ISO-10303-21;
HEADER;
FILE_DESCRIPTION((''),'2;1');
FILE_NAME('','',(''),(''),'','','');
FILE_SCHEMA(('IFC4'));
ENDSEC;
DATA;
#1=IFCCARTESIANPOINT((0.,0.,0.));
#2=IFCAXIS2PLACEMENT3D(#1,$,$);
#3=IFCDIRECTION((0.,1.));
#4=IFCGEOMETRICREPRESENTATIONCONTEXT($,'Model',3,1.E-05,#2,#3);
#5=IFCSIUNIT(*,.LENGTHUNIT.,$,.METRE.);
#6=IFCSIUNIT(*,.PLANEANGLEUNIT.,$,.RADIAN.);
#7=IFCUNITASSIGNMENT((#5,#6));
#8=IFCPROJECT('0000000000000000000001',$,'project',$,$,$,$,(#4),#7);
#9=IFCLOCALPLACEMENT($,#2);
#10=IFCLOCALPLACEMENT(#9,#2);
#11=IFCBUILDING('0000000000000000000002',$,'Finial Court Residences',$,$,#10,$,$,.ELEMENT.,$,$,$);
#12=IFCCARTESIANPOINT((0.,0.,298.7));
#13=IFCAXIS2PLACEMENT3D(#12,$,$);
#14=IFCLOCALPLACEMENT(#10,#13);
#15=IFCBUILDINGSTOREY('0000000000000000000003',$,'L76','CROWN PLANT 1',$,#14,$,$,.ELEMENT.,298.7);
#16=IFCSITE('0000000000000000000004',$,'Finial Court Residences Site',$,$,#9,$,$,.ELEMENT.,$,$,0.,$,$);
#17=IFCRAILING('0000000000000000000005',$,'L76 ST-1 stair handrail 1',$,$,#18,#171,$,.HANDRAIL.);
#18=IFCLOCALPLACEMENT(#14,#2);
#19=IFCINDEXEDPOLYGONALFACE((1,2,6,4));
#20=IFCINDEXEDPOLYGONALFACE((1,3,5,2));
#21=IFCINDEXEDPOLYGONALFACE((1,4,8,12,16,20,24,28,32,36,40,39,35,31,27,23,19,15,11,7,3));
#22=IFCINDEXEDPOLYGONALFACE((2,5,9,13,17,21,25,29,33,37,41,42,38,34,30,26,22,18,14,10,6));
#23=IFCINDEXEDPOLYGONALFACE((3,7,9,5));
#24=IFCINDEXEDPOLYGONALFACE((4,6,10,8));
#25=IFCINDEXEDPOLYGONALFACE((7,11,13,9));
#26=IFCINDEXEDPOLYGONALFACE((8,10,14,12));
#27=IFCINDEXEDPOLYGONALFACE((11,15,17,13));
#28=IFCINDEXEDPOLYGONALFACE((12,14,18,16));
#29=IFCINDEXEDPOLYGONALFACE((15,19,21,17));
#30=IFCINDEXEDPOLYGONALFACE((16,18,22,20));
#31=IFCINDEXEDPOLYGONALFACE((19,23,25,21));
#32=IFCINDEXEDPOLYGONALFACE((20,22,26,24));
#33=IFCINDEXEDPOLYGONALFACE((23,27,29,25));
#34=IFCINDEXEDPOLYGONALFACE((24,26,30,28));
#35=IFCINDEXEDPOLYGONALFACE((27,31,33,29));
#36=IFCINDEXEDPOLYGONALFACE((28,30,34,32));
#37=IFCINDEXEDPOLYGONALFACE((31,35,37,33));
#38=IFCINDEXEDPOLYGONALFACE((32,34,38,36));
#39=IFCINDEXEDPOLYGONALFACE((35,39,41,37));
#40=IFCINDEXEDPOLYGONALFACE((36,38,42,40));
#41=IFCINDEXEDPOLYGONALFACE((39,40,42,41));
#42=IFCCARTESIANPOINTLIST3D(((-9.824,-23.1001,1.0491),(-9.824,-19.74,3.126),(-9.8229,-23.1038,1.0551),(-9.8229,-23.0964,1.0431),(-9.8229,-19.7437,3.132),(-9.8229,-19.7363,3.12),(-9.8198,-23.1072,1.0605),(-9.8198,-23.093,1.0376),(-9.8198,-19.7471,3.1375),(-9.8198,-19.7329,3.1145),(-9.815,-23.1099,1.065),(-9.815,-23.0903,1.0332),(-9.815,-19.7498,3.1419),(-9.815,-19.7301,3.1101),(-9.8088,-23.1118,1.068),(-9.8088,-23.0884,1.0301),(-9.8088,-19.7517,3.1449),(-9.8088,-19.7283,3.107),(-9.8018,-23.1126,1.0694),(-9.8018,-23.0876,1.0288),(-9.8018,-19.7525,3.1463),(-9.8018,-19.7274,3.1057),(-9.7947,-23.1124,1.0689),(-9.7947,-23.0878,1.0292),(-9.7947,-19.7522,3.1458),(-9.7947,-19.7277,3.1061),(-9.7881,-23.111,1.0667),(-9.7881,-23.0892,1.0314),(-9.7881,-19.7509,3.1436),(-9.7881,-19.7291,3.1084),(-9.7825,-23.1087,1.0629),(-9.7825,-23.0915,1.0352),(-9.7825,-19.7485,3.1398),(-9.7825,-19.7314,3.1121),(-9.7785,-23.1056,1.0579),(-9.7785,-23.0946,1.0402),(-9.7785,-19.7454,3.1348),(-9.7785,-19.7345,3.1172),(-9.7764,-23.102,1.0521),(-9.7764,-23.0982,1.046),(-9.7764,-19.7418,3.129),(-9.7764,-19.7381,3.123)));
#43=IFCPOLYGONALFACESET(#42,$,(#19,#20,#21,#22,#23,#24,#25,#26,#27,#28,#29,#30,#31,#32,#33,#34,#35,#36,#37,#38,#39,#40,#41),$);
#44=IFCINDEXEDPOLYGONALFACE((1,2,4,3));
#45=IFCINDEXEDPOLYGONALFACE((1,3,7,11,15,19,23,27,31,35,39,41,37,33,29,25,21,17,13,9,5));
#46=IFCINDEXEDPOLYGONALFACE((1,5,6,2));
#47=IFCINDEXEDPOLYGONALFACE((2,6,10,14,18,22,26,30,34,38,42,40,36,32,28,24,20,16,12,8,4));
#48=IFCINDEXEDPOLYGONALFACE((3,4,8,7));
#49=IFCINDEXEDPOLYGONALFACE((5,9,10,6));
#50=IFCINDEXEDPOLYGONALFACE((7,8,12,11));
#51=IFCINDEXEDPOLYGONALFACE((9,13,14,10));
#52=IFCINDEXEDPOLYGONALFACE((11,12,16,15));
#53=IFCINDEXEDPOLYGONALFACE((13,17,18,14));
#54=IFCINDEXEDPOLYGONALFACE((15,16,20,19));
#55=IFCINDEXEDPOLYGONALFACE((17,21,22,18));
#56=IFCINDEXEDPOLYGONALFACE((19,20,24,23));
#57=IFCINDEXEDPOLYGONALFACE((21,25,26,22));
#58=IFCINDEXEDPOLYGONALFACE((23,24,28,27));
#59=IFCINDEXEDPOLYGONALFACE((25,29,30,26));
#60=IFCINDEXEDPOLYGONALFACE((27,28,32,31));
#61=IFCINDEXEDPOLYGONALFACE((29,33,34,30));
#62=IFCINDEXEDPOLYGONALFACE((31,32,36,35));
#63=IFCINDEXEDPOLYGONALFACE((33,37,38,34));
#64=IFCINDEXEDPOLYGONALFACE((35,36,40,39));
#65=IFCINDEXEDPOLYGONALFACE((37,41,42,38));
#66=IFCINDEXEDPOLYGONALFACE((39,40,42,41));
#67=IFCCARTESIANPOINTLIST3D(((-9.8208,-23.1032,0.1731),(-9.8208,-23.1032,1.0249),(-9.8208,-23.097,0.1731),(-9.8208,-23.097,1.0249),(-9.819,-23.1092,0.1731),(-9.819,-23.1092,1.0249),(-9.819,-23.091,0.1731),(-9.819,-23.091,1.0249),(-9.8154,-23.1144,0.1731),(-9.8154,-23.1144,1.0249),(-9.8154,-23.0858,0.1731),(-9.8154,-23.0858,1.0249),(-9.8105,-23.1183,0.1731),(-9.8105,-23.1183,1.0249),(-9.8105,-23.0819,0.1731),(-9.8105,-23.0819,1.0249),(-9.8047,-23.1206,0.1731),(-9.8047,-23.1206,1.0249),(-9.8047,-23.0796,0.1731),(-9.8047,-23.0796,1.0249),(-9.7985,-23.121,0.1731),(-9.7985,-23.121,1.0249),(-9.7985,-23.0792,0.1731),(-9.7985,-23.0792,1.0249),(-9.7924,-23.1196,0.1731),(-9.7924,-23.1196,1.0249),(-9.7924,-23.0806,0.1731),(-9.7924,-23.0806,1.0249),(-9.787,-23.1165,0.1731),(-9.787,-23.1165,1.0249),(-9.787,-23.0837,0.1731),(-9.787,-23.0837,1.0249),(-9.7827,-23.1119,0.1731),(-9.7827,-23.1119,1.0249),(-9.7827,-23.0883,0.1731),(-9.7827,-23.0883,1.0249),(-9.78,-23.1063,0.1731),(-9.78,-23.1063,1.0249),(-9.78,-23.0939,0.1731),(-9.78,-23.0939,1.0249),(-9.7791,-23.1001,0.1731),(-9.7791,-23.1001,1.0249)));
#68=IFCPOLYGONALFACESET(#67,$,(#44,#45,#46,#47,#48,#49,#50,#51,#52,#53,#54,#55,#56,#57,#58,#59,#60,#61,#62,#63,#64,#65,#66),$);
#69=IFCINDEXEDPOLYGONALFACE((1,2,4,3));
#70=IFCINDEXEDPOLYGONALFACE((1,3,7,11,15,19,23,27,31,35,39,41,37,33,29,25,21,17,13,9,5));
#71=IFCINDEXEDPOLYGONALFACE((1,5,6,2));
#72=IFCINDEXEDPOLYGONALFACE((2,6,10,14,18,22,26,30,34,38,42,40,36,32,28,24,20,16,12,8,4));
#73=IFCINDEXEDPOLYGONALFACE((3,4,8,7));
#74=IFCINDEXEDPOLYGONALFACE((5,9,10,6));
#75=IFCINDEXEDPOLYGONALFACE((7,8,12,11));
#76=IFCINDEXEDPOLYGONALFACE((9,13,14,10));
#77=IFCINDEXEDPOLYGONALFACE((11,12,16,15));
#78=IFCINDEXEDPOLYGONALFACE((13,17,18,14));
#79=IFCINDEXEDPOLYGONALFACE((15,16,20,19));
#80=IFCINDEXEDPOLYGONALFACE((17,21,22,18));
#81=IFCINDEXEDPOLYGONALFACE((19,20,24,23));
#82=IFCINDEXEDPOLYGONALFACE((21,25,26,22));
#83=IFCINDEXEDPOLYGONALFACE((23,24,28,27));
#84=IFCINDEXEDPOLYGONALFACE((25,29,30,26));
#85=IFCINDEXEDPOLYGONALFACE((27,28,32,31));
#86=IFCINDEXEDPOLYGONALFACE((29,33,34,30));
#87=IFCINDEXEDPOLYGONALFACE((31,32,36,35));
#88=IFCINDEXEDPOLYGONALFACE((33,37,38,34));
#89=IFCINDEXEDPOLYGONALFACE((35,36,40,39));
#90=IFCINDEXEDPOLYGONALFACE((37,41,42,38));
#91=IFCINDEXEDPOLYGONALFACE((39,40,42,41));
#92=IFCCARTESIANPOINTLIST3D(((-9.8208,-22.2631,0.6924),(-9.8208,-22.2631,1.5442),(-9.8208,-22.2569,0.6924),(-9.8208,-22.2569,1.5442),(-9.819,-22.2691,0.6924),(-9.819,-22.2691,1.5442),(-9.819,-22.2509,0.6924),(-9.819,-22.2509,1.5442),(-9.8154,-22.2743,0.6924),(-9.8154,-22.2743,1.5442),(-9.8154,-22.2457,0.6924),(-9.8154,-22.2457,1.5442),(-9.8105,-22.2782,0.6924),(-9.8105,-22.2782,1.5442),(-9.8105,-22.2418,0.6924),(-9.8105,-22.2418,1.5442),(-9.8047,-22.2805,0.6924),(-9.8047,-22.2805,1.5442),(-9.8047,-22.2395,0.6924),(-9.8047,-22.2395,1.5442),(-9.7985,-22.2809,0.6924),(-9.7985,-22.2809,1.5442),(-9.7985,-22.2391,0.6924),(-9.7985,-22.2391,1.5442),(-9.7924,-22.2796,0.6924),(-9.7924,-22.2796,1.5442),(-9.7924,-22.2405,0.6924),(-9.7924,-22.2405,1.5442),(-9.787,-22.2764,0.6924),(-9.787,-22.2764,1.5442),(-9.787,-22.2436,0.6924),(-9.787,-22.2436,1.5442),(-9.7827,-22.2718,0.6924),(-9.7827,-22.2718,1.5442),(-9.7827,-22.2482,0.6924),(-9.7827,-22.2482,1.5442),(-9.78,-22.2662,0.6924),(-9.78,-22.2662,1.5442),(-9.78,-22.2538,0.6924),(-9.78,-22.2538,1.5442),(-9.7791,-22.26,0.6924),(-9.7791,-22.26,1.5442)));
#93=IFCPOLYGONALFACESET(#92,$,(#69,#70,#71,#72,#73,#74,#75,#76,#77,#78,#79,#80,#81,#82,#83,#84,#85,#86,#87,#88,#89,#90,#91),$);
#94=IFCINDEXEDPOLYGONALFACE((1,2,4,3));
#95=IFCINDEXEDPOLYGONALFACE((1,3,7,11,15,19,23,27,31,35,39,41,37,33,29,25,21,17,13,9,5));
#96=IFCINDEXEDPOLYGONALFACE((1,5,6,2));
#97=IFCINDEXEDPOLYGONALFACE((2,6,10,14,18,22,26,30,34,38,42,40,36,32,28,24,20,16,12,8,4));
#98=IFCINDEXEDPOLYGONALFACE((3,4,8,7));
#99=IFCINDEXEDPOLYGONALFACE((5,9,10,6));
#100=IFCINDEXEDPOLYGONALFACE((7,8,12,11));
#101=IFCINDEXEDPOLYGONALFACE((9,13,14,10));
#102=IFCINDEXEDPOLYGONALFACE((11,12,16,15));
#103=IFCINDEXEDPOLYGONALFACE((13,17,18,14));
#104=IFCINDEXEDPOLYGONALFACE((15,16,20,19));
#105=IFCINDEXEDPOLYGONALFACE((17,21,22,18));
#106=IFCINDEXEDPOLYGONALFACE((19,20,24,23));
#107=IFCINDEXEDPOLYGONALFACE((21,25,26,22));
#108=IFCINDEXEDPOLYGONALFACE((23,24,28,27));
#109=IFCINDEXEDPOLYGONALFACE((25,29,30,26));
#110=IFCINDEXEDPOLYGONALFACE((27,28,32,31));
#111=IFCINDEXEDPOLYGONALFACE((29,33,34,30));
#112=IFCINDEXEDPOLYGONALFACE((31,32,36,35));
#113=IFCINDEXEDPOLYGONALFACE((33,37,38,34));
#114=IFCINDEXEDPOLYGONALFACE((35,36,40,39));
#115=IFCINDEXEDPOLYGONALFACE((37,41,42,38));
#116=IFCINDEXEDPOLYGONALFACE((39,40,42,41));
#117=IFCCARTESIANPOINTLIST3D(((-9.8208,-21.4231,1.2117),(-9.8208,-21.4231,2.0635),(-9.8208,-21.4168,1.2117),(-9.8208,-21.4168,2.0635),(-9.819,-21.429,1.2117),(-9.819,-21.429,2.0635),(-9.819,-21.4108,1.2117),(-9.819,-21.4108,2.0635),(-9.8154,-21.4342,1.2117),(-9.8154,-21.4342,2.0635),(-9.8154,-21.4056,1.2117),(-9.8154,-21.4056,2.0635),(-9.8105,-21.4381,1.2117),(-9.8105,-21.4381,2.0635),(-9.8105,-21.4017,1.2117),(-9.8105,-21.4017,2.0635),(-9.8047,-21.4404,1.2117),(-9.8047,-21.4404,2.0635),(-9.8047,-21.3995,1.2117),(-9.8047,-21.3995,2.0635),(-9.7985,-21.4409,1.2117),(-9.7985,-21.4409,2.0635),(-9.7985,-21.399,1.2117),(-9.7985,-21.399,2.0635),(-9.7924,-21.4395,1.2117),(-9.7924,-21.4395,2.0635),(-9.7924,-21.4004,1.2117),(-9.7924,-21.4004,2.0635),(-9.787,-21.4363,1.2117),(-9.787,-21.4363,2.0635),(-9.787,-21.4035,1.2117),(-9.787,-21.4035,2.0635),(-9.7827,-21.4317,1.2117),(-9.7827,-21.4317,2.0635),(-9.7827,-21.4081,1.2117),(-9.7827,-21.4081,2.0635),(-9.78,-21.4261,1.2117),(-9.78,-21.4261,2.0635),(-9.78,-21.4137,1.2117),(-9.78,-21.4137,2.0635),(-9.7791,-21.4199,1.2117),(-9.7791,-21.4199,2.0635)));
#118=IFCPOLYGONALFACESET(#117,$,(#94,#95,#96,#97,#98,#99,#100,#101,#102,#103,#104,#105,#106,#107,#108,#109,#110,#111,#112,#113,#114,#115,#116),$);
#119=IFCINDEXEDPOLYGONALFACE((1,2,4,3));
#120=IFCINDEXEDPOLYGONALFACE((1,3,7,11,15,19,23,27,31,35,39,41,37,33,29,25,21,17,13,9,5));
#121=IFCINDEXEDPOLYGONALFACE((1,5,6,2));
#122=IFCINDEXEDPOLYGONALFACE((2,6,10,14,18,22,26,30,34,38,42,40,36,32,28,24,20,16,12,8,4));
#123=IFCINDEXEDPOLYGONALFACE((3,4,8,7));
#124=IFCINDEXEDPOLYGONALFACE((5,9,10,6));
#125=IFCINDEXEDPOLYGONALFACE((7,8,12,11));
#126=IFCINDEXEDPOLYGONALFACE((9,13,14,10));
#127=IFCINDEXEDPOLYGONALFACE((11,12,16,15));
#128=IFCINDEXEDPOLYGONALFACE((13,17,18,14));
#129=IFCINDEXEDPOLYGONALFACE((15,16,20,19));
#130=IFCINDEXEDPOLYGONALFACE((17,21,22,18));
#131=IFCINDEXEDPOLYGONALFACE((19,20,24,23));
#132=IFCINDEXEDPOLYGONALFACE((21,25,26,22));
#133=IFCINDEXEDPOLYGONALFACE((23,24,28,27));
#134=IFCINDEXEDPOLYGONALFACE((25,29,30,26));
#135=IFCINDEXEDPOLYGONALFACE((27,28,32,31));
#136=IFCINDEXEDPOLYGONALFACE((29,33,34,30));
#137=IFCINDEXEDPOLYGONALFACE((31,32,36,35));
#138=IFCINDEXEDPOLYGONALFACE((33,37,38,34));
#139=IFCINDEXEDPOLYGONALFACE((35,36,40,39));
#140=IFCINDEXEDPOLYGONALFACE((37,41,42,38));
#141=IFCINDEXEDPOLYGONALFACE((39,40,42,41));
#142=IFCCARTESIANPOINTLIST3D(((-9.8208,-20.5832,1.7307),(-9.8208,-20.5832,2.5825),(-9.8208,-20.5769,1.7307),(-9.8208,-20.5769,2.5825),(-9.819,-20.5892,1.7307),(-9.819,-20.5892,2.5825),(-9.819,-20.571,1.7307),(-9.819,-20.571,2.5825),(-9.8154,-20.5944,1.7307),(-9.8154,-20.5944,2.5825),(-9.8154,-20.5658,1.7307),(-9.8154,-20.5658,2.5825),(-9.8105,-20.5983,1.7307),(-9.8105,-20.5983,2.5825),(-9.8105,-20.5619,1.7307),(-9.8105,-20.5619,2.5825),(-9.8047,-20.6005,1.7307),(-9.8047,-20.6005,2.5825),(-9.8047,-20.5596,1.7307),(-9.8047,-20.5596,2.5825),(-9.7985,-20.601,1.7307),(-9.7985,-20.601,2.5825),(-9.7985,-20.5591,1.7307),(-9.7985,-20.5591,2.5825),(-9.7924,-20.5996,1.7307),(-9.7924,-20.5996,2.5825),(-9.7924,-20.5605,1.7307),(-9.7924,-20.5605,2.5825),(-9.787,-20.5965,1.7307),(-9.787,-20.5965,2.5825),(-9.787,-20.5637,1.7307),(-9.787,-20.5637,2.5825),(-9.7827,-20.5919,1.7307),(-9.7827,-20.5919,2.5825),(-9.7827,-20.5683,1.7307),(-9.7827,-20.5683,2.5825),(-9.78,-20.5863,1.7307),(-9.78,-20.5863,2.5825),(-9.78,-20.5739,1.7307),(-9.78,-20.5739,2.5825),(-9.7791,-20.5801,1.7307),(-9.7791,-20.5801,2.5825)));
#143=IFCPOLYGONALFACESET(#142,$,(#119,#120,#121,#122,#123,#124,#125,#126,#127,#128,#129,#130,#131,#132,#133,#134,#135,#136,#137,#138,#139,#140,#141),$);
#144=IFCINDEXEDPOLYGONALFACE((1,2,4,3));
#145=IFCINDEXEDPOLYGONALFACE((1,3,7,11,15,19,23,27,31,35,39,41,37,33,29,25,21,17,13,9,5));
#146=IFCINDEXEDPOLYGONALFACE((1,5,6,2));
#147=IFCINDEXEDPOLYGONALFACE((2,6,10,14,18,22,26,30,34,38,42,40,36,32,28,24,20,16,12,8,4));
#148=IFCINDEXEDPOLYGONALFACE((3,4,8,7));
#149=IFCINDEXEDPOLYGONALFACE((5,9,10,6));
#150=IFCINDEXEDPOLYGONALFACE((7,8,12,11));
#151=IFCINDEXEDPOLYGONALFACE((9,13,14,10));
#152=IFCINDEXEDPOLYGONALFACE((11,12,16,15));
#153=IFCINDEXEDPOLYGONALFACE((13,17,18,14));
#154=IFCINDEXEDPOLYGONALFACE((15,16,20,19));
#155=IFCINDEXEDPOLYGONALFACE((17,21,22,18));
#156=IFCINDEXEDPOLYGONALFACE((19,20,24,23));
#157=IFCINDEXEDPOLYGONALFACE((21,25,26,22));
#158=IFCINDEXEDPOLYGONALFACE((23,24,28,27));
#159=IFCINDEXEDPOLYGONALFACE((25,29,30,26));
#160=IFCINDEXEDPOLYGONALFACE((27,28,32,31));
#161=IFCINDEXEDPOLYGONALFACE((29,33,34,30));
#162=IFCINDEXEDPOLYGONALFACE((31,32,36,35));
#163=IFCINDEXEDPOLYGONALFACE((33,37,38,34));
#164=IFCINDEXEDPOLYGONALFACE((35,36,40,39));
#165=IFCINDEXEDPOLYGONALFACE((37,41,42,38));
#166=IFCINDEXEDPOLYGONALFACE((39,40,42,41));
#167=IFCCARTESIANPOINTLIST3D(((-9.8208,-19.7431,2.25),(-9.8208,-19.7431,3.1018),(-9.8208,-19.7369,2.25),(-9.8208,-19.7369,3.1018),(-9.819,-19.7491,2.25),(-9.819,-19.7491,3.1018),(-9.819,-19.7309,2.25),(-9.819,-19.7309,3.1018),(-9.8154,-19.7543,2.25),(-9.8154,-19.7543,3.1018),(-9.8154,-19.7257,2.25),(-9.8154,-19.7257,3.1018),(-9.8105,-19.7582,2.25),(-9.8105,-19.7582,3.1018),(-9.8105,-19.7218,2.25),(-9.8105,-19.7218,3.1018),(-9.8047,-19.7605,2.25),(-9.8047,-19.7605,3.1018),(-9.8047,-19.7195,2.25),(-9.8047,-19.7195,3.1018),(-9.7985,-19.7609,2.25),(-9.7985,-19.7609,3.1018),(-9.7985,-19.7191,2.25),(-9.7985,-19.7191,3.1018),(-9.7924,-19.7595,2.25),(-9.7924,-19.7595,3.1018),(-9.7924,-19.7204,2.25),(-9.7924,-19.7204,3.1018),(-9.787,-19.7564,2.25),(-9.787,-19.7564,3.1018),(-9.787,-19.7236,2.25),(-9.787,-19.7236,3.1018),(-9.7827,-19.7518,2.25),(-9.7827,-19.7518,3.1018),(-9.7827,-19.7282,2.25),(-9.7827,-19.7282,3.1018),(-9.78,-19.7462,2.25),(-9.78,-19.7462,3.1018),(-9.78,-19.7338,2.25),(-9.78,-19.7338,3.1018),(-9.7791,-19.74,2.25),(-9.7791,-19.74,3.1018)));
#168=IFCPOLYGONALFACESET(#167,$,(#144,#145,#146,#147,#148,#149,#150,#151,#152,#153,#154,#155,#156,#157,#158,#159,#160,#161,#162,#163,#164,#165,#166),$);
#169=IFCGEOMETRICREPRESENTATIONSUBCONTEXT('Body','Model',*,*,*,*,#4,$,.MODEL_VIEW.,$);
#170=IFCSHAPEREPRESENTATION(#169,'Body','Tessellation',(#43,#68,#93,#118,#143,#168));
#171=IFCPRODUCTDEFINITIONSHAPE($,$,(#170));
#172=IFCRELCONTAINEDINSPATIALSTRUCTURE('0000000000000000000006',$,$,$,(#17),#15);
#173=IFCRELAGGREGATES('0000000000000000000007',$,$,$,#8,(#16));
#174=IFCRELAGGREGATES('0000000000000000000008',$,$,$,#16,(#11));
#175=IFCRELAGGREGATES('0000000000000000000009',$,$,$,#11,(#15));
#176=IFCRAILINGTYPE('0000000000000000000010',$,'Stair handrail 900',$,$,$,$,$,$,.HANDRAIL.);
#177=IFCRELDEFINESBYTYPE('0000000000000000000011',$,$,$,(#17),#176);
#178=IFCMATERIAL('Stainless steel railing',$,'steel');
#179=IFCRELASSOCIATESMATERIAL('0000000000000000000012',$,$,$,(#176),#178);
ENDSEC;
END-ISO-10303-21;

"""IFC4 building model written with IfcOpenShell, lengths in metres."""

from ifc_helpers import new_model, si_unit, direction, frame, origin, origin_2d, place, context, subcontext, project, spatial, circle, extrude, material, type_object, element, save


model = new_model("IFC4")

# Units and contexts
model_context = context("Model", 3, precision=1e-05, world=origin(), true_north=direction((0.0, 1.0)))
body_context = subcontext(model_context, "Body", "Model", "MODEL_VIEW")
ifc_project = project(units=[si_unit("LENGTHUNIT", "METRE"), si_unit("PLANEANGLEUNIT", "RADIAN")], contexts=[model_context])

# Site, building, storey
site_placement = place(None, origin())
site = spatial("IfcSite", under=ifc_project, at=site_placement, Name="Finial Court Residences Site", CompositionType="ELEMENT", RefElevation=0.0)
building_placement = place(site_placement, origin())
building = spatial("IfcBuilding", under=site, at=building_placement, Name="Finial Court Residences", CompositionType="ELEMENT")
storey_placement = place(building_placement, frame((0.0, 0.0, 298.7)))
storey = spatial("IfcBuildingStorey", under=building, at=storey_placement, Name="L76", Description="CROWN PLANT 1", CompositionType="ELEMENT", Elevation=298.7)

# Railing
ifc_material_1 = material(Name="Stainless steel railing", Category="steel")
railing_type_1 = type_object("IfcRailingType", Name="Stair handrail 900", PredefinedType="HANDRAIL", material=ifc_material_1)
railing_1_placement = place(storey_placement, frame((-9.8, -23.1001, 0.1731)))
element("IfcRailing", 1, at=railing_1_placement, inside=storey, type_object=railing_type_1, Name="L76 ST-1 stair handrail 1", PredefinedType="HANDRAIL", context=body_context, shape_type="SweptSolid", body=[
    extrude(circle(Radius=0.0239, at=origin_2d()), frame((0.0, 0.0, 0.876), z_axis=(0.0, 0.850623, 0.525776), x_axis=(-1.0, 0.0, 0.0)), (0.0, 0.0, 1.0), 3.9502),
    extrude(circle(Radius=0.021, at=origin_2d()), origin(), (0.0, 0.0, 1.0), 0.8518),
    extrude(circle(Radius=0.021, at=origin_2d()), frame((0.0, 0.8401, 0.5193)), (0.0, 0.0, 1.0), 0.8518),
    extrude(circle(Radius=0.021, at=origin_2d()), frame((0.0, 1.6802, 1.0386)), (0.0, 0.0, 1.0), 0.8518),
    extrude(circle(Radius=0.021, at=origin_2d()), frame((0.0, 2.52, 1.5576)), (0.0, 0.0, 1.0), 0.8518),
    extrude(circle(Radius=0.021, at=origin_2d()), frame((0.0, 3.3601, 2.0769)), (0.0, 0.0, 1.0), 0.8518),
])

save(model, "model.ifc")
